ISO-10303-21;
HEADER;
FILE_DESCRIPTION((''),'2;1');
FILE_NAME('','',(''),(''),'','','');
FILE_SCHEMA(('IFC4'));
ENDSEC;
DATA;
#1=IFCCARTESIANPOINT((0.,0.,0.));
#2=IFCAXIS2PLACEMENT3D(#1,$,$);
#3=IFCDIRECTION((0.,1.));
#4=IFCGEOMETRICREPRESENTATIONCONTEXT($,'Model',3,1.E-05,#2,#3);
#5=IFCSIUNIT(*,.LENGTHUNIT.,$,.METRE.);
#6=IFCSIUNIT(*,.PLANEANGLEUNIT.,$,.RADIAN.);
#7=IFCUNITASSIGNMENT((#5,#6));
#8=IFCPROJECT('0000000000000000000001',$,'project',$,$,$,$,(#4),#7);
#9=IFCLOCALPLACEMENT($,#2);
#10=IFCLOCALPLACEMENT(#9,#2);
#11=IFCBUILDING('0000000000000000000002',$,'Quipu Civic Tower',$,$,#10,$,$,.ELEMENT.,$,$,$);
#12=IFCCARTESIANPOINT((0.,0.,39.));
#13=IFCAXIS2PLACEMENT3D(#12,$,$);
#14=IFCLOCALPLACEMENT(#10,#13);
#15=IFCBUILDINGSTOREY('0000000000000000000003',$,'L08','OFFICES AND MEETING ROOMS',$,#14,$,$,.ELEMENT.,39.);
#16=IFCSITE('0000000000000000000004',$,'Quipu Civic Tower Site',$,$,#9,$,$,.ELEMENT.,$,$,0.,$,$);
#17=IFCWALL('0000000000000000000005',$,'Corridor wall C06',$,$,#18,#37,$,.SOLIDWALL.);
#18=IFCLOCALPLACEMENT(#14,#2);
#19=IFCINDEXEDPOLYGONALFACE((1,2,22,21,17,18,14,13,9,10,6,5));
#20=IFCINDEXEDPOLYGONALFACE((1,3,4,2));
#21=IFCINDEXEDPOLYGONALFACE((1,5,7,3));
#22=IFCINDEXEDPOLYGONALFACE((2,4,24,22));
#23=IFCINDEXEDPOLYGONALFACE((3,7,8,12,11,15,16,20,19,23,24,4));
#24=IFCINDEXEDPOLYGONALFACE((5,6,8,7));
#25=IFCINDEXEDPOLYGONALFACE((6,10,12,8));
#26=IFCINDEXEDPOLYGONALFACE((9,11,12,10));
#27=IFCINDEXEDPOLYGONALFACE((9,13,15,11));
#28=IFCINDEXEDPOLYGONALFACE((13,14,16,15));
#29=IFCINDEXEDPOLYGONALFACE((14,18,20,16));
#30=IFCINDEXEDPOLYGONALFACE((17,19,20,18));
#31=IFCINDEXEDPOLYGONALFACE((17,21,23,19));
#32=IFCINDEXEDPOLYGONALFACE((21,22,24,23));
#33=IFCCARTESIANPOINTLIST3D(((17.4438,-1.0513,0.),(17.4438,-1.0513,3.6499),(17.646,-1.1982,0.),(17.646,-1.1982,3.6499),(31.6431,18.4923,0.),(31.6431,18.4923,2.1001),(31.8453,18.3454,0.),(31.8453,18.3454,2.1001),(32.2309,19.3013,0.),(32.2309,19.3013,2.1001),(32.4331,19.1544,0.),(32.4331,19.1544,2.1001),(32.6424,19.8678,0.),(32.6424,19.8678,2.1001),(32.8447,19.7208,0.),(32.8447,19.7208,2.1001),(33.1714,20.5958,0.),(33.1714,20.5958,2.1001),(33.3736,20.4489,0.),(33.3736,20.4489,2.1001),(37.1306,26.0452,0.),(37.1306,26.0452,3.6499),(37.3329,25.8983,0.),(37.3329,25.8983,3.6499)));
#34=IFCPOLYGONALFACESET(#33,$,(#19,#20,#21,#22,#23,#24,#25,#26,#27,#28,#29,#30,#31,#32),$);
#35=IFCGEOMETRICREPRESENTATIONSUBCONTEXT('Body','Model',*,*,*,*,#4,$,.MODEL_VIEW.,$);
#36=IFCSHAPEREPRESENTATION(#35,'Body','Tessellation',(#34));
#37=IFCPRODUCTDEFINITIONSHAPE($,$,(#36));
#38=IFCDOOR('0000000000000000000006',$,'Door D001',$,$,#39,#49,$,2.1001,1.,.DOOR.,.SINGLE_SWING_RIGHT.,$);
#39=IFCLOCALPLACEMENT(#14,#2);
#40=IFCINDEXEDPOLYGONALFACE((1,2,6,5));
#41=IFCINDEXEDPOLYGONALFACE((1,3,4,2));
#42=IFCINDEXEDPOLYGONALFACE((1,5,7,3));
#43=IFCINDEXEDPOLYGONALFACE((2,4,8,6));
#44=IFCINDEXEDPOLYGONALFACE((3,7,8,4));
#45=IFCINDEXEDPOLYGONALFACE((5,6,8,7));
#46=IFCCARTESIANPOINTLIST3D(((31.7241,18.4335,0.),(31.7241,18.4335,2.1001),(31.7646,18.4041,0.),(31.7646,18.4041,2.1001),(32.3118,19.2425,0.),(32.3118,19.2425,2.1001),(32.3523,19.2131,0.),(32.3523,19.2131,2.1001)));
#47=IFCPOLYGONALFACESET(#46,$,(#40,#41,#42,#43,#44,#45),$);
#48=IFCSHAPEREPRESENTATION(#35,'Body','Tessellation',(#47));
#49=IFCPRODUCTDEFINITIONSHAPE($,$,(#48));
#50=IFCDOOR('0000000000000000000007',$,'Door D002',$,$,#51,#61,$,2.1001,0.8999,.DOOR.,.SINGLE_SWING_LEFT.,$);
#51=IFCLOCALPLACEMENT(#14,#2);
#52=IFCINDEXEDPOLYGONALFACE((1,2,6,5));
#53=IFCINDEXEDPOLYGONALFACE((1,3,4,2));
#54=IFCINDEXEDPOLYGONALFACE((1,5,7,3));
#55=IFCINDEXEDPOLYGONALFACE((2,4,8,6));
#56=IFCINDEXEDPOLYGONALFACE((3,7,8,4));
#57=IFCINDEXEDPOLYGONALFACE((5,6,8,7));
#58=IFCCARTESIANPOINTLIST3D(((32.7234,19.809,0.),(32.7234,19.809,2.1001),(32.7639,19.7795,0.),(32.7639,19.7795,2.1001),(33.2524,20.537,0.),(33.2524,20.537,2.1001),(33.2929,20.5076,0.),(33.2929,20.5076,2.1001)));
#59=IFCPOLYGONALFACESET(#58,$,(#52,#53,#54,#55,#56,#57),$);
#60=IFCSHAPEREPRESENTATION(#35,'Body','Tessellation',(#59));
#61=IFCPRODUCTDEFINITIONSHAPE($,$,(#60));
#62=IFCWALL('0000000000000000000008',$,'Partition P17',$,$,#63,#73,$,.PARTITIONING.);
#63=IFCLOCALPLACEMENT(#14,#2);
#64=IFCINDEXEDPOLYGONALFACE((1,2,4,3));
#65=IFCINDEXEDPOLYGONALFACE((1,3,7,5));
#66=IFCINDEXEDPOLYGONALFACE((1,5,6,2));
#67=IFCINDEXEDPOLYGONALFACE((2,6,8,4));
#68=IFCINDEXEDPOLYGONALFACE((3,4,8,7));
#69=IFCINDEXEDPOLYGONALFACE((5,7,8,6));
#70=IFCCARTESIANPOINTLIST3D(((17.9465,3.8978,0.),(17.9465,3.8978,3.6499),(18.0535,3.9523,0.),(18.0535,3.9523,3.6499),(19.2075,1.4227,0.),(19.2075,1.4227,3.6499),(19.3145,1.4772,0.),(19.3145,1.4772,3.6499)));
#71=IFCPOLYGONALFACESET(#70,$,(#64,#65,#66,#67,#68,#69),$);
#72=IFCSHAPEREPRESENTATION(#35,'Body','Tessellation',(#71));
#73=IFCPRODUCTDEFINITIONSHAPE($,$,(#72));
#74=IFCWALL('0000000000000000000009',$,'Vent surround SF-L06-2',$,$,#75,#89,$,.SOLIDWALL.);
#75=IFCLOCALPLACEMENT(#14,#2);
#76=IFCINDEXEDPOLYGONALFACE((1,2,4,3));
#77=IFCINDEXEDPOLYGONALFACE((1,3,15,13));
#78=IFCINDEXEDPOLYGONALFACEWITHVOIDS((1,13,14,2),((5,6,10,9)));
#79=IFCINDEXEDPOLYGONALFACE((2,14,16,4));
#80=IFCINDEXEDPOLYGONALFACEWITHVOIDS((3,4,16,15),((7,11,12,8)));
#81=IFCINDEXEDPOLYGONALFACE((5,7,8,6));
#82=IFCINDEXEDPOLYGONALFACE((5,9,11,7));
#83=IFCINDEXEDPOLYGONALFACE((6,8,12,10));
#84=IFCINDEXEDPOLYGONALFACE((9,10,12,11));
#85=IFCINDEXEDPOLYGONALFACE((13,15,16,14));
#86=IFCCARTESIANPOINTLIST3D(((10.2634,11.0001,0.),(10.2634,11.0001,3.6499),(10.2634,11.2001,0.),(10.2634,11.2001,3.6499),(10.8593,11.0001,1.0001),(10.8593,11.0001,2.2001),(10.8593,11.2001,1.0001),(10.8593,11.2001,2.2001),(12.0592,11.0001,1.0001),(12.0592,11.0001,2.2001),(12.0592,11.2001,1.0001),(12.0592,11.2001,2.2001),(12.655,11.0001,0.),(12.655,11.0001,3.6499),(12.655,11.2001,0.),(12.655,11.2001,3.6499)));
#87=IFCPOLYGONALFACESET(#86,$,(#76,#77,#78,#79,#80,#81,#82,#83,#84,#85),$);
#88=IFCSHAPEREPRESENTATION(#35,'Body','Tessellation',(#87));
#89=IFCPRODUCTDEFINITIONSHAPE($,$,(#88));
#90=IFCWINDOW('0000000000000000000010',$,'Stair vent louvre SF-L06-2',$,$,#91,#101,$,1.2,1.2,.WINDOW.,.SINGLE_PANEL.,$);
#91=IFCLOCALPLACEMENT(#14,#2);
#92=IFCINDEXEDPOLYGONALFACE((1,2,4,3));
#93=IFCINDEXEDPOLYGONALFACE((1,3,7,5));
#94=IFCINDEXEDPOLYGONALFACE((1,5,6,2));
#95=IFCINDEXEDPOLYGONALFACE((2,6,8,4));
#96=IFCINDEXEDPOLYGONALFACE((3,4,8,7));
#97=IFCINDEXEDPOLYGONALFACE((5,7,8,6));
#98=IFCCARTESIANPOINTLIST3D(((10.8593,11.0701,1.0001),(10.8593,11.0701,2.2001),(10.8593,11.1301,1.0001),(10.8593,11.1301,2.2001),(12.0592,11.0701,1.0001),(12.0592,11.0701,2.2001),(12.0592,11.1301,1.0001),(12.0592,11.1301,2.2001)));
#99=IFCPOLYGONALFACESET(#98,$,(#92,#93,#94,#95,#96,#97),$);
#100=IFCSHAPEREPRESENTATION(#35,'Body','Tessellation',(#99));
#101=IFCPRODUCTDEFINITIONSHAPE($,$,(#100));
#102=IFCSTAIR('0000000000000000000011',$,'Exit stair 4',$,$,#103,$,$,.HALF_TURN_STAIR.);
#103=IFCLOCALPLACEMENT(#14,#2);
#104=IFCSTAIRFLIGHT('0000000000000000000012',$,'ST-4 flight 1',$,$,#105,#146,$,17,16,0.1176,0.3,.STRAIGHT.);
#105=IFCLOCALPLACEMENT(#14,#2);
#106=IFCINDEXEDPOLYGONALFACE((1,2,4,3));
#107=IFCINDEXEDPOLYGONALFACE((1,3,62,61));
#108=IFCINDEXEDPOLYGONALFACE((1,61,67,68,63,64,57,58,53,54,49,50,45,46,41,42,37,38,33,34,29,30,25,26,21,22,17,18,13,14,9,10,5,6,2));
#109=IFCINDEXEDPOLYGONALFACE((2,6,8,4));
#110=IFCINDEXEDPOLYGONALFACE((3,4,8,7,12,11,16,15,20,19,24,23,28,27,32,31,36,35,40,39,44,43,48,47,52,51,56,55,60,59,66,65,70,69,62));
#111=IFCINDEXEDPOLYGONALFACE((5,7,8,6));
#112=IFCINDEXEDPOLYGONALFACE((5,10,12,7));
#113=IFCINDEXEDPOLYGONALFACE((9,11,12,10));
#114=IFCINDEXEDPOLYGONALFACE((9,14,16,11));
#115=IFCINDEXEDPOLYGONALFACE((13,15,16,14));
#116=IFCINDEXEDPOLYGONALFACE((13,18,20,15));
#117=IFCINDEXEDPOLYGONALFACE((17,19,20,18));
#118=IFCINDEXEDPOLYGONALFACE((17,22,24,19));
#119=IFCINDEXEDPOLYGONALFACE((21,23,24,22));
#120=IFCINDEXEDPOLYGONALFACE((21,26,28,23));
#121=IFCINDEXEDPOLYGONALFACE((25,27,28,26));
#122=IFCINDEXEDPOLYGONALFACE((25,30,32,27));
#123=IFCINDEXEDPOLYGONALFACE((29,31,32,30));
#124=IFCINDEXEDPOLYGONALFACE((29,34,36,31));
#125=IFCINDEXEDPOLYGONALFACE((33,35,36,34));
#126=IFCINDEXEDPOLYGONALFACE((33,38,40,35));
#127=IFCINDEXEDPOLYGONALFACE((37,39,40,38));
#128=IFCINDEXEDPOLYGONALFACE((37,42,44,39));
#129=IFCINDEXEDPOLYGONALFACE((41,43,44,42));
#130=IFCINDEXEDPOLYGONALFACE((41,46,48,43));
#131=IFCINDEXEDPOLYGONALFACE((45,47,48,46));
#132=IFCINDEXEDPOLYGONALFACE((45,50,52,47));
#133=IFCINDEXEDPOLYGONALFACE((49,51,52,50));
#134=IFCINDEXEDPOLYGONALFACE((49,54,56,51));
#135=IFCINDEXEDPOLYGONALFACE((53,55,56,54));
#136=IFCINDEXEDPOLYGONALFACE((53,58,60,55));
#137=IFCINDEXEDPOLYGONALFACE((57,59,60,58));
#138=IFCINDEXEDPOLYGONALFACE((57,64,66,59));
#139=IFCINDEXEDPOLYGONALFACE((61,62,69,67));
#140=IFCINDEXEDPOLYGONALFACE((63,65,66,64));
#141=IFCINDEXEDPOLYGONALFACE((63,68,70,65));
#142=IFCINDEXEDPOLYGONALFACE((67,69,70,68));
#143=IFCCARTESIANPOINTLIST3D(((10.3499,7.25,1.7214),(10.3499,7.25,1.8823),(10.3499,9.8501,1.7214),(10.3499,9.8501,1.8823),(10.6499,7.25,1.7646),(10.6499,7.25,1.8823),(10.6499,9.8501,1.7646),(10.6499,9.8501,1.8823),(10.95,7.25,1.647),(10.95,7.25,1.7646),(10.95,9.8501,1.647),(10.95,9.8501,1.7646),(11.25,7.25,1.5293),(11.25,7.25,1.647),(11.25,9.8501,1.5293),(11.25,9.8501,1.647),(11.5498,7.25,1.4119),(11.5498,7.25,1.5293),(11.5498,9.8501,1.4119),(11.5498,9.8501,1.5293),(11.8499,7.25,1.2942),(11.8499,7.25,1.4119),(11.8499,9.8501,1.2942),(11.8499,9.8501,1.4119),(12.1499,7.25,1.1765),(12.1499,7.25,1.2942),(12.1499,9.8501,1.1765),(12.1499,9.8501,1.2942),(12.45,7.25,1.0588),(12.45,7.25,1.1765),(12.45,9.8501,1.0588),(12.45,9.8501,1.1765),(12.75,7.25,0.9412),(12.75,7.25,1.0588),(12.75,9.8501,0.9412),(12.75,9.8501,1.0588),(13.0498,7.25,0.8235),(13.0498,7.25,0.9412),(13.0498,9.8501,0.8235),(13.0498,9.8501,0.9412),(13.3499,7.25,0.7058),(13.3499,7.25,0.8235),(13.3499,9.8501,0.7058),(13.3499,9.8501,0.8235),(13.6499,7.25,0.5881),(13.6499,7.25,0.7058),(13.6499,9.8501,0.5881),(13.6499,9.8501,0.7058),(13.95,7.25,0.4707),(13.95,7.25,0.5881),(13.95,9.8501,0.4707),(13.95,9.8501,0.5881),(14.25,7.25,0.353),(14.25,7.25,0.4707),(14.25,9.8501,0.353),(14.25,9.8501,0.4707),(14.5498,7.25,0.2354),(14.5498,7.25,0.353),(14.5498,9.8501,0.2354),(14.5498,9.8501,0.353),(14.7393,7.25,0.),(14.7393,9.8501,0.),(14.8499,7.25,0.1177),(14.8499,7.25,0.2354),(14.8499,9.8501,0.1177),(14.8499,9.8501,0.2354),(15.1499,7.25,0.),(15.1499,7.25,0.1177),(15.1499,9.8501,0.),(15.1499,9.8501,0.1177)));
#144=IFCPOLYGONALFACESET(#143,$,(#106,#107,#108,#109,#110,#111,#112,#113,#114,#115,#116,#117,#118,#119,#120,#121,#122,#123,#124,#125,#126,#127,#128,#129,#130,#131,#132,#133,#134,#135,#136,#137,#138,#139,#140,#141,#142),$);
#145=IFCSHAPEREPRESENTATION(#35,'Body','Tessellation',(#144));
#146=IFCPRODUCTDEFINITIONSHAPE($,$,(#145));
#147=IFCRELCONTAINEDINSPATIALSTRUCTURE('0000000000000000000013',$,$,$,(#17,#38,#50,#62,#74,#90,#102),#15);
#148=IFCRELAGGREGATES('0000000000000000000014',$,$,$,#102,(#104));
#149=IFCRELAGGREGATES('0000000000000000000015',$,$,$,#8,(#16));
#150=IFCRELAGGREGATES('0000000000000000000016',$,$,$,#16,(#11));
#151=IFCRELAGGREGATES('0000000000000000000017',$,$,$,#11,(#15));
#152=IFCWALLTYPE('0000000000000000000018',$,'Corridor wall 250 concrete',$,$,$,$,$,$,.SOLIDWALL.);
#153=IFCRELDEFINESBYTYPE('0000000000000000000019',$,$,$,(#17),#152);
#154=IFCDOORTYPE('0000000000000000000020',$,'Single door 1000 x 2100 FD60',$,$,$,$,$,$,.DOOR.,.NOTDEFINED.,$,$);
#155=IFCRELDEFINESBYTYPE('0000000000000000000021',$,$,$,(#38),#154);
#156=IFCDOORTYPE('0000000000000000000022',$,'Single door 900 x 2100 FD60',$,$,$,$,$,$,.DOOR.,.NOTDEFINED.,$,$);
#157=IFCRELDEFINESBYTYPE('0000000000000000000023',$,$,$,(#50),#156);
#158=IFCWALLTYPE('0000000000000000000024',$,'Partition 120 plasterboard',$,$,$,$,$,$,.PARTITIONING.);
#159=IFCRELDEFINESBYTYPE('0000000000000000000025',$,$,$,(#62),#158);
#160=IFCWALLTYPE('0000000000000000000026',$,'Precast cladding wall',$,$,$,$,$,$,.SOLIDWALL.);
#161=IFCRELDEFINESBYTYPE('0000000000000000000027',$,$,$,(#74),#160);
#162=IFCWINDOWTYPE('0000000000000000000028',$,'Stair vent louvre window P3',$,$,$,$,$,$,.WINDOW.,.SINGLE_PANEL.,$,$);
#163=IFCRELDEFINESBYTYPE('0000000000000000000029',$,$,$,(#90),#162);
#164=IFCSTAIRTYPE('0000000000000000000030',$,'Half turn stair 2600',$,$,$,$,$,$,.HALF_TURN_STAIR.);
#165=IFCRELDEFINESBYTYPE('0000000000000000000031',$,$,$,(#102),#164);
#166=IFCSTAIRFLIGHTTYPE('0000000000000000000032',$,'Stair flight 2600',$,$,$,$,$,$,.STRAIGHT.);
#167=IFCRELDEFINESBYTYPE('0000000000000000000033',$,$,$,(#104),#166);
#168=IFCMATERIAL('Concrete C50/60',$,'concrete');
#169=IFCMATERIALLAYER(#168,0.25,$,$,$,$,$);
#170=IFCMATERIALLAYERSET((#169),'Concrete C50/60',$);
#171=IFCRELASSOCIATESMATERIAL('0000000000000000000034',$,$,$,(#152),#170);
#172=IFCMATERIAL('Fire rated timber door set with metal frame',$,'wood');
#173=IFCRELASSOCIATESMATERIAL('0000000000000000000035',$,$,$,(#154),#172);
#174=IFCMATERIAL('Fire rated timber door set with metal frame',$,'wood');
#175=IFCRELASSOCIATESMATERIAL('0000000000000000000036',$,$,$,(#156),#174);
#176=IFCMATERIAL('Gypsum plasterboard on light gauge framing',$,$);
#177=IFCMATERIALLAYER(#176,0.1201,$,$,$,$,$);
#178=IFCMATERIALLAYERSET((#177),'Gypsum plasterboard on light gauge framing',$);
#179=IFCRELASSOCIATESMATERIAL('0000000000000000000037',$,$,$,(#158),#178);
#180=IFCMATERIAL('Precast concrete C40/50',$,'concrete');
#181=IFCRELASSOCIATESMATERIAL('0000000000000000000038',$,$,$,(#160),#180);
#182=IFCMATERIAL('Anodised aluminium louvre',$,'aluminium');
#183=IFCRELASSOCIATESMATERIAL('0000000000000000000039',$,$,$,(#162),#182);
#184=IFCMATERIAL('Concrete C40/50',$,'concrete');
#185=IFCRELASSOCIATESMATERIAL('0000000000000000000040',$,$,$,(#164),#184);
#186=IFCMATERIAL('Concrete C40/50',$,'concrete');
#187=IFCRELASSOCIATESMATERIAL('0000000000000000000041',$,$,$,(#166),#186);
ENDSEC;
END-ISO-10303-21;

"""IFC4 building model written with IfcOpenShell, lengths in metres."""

from ifc_helpers import new_model, si_unit, direction, frame, frame_2d, origin, place, context, subcontext, project, spatial, polyline, rectangle, outline, extrude, material, layer, layer_set, type_object, element, fill, aggregate, save


model = new_model("IFC4")

# Units and contexts
model_context = context("Model", 3, precision=1e-05, world=origin(), true_north=direction((0.0, 1.0)))
body_context = subcontext(model_context, "Body", "Model", "MODEL_VIEW")
ifc_project = project(units=[si_unit("LENGTHUNIT", "METRE"), si_unit("PLANEANGLEUNIT", "RADIAN")], contexts=[model_context])

# Site, building, storey
site_placement = place(None, origin())
site = spatial("IfcSite", under=ifc_project, at=site_placement, Name="Quipu Civic Tower Site", CompositionType="ELEMENT", RefElevation=0.0)
building_placement = place(site_placement, origin())
building = spatial("IfcBuilding", under=site, at=building_placement, Name="Quipu Civic Tower", CompositionType="ELEMENT")
storey_placement = place(building_placement, frame((0.0, 0.0, 39.0)))
storey = spatial("IfcBuildingStorey", under=building, at=storey_placement, Name="L08", Description="OFFICES AND MEETING ROOMS", CompositionType="ELEMENT", Elevation=39.0)

# Wall, openings, doors
ifc_material_1 = material(Name="Concrete C50/60", Category="concrete")
ifc_layer_1 = layer(ifc_material_1, 0.25)
ifc_layer_set_1 = layer_set([ifc_layer_1], Name="Concrete C50/60")
wall_type_1 = type_object("IfcWallType", Name="Corridor wall 250 concrete", PredefinedType="SOLIDWALL", material=ifc_layer_set_1)
wall_1_placement = place(storey_placement, frame((17.5449, -1.1248, 0.0), z_axis=(0.0, 0.0, 1.0), x_axis=(0.587786, 0.809016, 0.0)))
wall_1 = element("IfcWall", 1, at=wall_1_placement, inside=storey, type_object=wall_type_1, Name="Corridor wall C06", PredefinedType="SOLIDWALL", context=body_context, shape_type="SweptSolid", body=[
    extrude(rectangle(XDim=33.4932, YDim=0.25, at=frame_2d((16.7466, 0.0))), origin(), (0.0, 0.0, 1.0), 3.6499),
])
opening_1_placement = place(wall_1_placement, frame((25.8574, 0.0, 0.0)))
opening_1 = element("IfcOpeningElement", 2, at=opening_1_placement, cuts=wall_1, PredefinedType="OPENING", context=body_context, shape_type="SweptSolid", body=[
    extrude(rectangle(XDim=0.8999, YDim=2.1001, at=frame_2d((0.45, 1.05))), frame((0.0, 0.135, 0.0), z_axis=(0.0, -1.0, 0.0), x_axis=(1.0, 0.0, 0.0)), (0.0, 0.0, 1.0), 0.27),
])
opening_2_placement = place(wall_1_placement, frame((24.1572, 0.0, 0.0)))
opening_2 = element("IfcOpeningElement", 3, at=opening_2_placement, cuts=wall_1, PredefinedType="OPENING", context=body_context, shape_type="SweptSolid", body=[
    extrude(rectangle(XDim=1.0, YDim=2.1001, at=frame_2d((0.5, 1.05))), frame((0.0, 0.135, 0.0), z_axis=(0.0, -1.0, 0.0), x_axis=(1.0, 0.0, 0.0)), (0.0, 0.0, 1.0), 0.27),
])
ifc_material_2 = material(Name="Fire rated timber door set with metal frame", Category="wood")
door_type_1 = type_object("IfcDoorType", Name="Single door 1000 x 2100 FD60", OperationType="NOTDEFINED", PredefinedType="DOOR", material=ifc_material_2)
door_1_placement = place(opening_2_placement, origin())
door_1 = element("IfcDoor", 4, at=door_1_placement, inside=storey, type_object=door_type_1, Name="Door D001", OperationType="SINGLE_SWING_RIGHT", OverallHeight=2.1001, OverallWidth=1.0, PredefinedType="DOOR", context=body_context, shape_type="SweptSolid", body=[
    extrude(rectangle(XDim=1.0, YDim=2.1001, at=frame_2d((0.5, 1.05))), frame((0.0, 0.0249, 0.0), z_axis=(0.0, -1.0, 0.0), x_axis=(1.0, 0.0, 0.0)), (0.0, 0.0, 1.0), 0.05),
])
fill(opening_2, door_1)
ifc_material_3 = material(Name="Fire rated timber door set with metal frame", Category="wood")
door_type_2 = type_object("IfcDoorType", Name="Single door 900 x 2100 FD60", OperationType="NOTDEFINED", PredefinedType="DOOR", material=ifc_material_3)
door_2_placement = place(opening_1_placement, origin())
door_2 = element("IfcDoor", 5, at=door_2_placement, inside=storey, type_object=door_type_2, Name="Door D002", OperationType="SINGLE_SWING_LEFT", OverallHeight=2.1001, OverallWidth=0.8999, PredefinedType="DOOR", context=body_context, shape_type="SweptSolid", body=[
    extrude(rectangle(XDim=0.8999, YDim=2.1001, at=frame_2d((0.45, 1.05))), frame((0.0, 0.0249, 0.0), z_axis=(0.0, -1.0, 0.0), x_axis=(1.0, 0.0, 0.0)), (0.0, 0.0, 1.0), 0.05),
])
fill(opening_1, door_2)

# Wall
ifc_material_4 = material(Name="Gypsum plasterboard on light gauge framing")
ifc_layer_2 = layer(ifc_material_4, 0.1201)
ifc_layer_set_2 = layer_set([ifc_layer_2], Name="Gypsum plasterboard on light gauge framing")
wall_type_2 = type_object("IfcWallType", Name="Partition 120 plasterboard", PredefinedType="PARTITIONING", material=ifc_layer_set_2)
wall_2_placement = place(storey_placement, frame((18.0, 3.925, 0.0), z_axis=(0.0, 0.0, 1.0), x_axis=(0.453951, -0.891027, 0.0)))
element("IfcWall", 6, at=wall_2_placement, inside=storey, type_object=wall_type_2, Name="Partition P17", PredefinedType="PARTITIONING", context=body_context, shape_type="SweptSolid", body=[
    extrude(rectangle(XDim=2.7778, YDim=0.1201, at=frame_2d((1.3889, 0.0))), origin(), (0.0, 0.0, 1.0), 3.6499),
])

# Wall, opening, window
ifc_material_5 = material(Name="Precast concrete C40/50", Category="concrete")
wall_type_3 = type_object("IfcWallType", Name="Precast cladding wall", PredefinedType="SOLIDWALL", material=ifc_material_5)
wall_3_placement = place(storey_placement, frame((12.655, 11.1001, 0.0), z_axis=(0.0, 0.0, 1.0), x_axis=(-1.0, 0.0, 0.0)))
wall_3 = element("IfcWall", 7, at=wall_3_placement, inside=storey, type_object=wall_type_3, Name="Vent surround SF-L06-2", PredefinedType="SOLIDWALL", context=body_context, shape_type="SweptSolid", body=[
    extrude(rectangle(XDim=2.3916, YDim=0.2, at=frame_2d((1.1958, 0.0))), origin(), (0.0, 0.0, 1.0), 3.6499),
])
opening_3_placement = place(wall_3_placement, frame((0.5957, 0.0, 1.0)))
opening_3 = element("IfcOpeningElement", 8, at=opening_3_placement, cuts=wall_3, PredefinedType="OPENING", context=body_context, shape_type="SweptSolid", body=[
    extrude(rectangle(XDim=1.2, YDim=1.2, at=frame_2d((0.6001, 0.6001))), frame((0.0, 0.1099, 0.0), z_axis=(0.0, -1.0, 0.0), x_axis=(1.0, 0.0, 0.0)), (0.0, 0.0, 1.0), 0.22),
])
ifc_material_6 = material(Name="Anodised aluminium louvre", Category="aluminium")
window_type = type_object("IfcWindowType", Name="Stair vent louvre window P3", PartitioningType="SINGLE_PANEL", PredefinedType="WINDOW", material=ifc_material_6)
window_placement = place(opening_3_placement, origin())
window = element("IfcWindow", 9, at=window_placement, inside=storey, type_object=window_type, Name="Stair vent louvre SF-L06-2", OverallHeight=1.2, OverallWidth=1.2, PartitioningType="SINGLE_PANEL", PredefinedType="WINDOW", context=body_context, shape_type="SweptSolid", body=[
    extrude(rectangle(XDim=1.2, YDim=1.2, at=frame_2d((0.6001, 0.6001))), frame((0.0, 0.03, 0.0), z_axis=(0.0, -1.0, 0.0), x_axis=(1.0, 0.0, 0.0)), (0.0, 0.0, 1.0), 0.0601),
])
fill(opening_3, window)

# Stair, stair flight
ifc_material_7 = material(Name="Concrete C40/50", Category="concrete")
stair_type = type_object("IfcStairType", Name="Half turn stair 2600", PredefinedType="HALF_TURN_STAIR", material=ifc_material_7)
stair_placement = place(storey_placement, origin())
stair = element("IfcStair", 10, at=stair_placement, inside=storey, type_object=stair_type, Name="Exit stair 4", PredefinedType="HALF_TURN_STAIR")
ifc_material_8 = material(Name="Concrete C40/50", Category="concrete")
stair_flight_type = type_object("IfcStairFlightType", Name="Stair flight 2600", PredefinedType="STRAIGHT", material=ifc_material_8)
stair_flight_placement = place(storey_placement, frame((15.1499, 8.55, 0.0), z_axis=(0.0, 0.0, 1.0), x_axis=(-1.0, 0.0, 0.0)))
stair_flight = element("IfcStairFlight", 11, at=stair_flight_placement, type_object=stair_flight_type, Name="ST-4 flight 1", NumberOfRisers=17, NumberOfTreads=16, PredefinedType="STRAIGHT", RiserHeight=0.1176, TreadLength=0.3, context=body_context, shape_type="SweptSolid", body=[
    extrude(outline(polyline([(0.0, 0.0), (0.0, 0.1177), (0.3, 0.1177), (0.3, 0.2354), (0.6001, 0.2354), (0.6001, 0.353), (0.8999, 0.353), (0.8999, 0.4707), (1.2, 0.4707), (1.2, 0.5881), (1.5, 0.5881), (1.5, 0.7058), (1.8, 0.7058), (1.8, 0.8235), (2.1001, 0.8235), (2.1001, 0.9412), (2.3999, 0.9412), (2.3999, 1.0588), (2.7, 1.0588), (2.7, 1.1765), (3.0, 1.1765), (3.0, 1.2942), (3.3, 1.2942), (3.3, 1.4119), (3.6001, 1.4119), (3.6001, 1.5293), (3.8999, 1.5293), (3.8999, 1.647), (4.2, 1.647), (4.2, 1.7646), (4.5, 1.7646), (4.5, 1.8823), (4.8, 1.8823), (4.8, 2.0), (4.8, 1.7214), (0.4106, 0.0), (0.0, 0.0)])), frame((0.0, 1.3, 0.0), z_axis=(0.0, -1.0, 0.0), x_axis=(1.0, 0.0, 0.0)), (0.0, 0.0, 1.0), 2.6001),
])
aggregate(stair, [stair_flight])

save(model, "model.ifc")
